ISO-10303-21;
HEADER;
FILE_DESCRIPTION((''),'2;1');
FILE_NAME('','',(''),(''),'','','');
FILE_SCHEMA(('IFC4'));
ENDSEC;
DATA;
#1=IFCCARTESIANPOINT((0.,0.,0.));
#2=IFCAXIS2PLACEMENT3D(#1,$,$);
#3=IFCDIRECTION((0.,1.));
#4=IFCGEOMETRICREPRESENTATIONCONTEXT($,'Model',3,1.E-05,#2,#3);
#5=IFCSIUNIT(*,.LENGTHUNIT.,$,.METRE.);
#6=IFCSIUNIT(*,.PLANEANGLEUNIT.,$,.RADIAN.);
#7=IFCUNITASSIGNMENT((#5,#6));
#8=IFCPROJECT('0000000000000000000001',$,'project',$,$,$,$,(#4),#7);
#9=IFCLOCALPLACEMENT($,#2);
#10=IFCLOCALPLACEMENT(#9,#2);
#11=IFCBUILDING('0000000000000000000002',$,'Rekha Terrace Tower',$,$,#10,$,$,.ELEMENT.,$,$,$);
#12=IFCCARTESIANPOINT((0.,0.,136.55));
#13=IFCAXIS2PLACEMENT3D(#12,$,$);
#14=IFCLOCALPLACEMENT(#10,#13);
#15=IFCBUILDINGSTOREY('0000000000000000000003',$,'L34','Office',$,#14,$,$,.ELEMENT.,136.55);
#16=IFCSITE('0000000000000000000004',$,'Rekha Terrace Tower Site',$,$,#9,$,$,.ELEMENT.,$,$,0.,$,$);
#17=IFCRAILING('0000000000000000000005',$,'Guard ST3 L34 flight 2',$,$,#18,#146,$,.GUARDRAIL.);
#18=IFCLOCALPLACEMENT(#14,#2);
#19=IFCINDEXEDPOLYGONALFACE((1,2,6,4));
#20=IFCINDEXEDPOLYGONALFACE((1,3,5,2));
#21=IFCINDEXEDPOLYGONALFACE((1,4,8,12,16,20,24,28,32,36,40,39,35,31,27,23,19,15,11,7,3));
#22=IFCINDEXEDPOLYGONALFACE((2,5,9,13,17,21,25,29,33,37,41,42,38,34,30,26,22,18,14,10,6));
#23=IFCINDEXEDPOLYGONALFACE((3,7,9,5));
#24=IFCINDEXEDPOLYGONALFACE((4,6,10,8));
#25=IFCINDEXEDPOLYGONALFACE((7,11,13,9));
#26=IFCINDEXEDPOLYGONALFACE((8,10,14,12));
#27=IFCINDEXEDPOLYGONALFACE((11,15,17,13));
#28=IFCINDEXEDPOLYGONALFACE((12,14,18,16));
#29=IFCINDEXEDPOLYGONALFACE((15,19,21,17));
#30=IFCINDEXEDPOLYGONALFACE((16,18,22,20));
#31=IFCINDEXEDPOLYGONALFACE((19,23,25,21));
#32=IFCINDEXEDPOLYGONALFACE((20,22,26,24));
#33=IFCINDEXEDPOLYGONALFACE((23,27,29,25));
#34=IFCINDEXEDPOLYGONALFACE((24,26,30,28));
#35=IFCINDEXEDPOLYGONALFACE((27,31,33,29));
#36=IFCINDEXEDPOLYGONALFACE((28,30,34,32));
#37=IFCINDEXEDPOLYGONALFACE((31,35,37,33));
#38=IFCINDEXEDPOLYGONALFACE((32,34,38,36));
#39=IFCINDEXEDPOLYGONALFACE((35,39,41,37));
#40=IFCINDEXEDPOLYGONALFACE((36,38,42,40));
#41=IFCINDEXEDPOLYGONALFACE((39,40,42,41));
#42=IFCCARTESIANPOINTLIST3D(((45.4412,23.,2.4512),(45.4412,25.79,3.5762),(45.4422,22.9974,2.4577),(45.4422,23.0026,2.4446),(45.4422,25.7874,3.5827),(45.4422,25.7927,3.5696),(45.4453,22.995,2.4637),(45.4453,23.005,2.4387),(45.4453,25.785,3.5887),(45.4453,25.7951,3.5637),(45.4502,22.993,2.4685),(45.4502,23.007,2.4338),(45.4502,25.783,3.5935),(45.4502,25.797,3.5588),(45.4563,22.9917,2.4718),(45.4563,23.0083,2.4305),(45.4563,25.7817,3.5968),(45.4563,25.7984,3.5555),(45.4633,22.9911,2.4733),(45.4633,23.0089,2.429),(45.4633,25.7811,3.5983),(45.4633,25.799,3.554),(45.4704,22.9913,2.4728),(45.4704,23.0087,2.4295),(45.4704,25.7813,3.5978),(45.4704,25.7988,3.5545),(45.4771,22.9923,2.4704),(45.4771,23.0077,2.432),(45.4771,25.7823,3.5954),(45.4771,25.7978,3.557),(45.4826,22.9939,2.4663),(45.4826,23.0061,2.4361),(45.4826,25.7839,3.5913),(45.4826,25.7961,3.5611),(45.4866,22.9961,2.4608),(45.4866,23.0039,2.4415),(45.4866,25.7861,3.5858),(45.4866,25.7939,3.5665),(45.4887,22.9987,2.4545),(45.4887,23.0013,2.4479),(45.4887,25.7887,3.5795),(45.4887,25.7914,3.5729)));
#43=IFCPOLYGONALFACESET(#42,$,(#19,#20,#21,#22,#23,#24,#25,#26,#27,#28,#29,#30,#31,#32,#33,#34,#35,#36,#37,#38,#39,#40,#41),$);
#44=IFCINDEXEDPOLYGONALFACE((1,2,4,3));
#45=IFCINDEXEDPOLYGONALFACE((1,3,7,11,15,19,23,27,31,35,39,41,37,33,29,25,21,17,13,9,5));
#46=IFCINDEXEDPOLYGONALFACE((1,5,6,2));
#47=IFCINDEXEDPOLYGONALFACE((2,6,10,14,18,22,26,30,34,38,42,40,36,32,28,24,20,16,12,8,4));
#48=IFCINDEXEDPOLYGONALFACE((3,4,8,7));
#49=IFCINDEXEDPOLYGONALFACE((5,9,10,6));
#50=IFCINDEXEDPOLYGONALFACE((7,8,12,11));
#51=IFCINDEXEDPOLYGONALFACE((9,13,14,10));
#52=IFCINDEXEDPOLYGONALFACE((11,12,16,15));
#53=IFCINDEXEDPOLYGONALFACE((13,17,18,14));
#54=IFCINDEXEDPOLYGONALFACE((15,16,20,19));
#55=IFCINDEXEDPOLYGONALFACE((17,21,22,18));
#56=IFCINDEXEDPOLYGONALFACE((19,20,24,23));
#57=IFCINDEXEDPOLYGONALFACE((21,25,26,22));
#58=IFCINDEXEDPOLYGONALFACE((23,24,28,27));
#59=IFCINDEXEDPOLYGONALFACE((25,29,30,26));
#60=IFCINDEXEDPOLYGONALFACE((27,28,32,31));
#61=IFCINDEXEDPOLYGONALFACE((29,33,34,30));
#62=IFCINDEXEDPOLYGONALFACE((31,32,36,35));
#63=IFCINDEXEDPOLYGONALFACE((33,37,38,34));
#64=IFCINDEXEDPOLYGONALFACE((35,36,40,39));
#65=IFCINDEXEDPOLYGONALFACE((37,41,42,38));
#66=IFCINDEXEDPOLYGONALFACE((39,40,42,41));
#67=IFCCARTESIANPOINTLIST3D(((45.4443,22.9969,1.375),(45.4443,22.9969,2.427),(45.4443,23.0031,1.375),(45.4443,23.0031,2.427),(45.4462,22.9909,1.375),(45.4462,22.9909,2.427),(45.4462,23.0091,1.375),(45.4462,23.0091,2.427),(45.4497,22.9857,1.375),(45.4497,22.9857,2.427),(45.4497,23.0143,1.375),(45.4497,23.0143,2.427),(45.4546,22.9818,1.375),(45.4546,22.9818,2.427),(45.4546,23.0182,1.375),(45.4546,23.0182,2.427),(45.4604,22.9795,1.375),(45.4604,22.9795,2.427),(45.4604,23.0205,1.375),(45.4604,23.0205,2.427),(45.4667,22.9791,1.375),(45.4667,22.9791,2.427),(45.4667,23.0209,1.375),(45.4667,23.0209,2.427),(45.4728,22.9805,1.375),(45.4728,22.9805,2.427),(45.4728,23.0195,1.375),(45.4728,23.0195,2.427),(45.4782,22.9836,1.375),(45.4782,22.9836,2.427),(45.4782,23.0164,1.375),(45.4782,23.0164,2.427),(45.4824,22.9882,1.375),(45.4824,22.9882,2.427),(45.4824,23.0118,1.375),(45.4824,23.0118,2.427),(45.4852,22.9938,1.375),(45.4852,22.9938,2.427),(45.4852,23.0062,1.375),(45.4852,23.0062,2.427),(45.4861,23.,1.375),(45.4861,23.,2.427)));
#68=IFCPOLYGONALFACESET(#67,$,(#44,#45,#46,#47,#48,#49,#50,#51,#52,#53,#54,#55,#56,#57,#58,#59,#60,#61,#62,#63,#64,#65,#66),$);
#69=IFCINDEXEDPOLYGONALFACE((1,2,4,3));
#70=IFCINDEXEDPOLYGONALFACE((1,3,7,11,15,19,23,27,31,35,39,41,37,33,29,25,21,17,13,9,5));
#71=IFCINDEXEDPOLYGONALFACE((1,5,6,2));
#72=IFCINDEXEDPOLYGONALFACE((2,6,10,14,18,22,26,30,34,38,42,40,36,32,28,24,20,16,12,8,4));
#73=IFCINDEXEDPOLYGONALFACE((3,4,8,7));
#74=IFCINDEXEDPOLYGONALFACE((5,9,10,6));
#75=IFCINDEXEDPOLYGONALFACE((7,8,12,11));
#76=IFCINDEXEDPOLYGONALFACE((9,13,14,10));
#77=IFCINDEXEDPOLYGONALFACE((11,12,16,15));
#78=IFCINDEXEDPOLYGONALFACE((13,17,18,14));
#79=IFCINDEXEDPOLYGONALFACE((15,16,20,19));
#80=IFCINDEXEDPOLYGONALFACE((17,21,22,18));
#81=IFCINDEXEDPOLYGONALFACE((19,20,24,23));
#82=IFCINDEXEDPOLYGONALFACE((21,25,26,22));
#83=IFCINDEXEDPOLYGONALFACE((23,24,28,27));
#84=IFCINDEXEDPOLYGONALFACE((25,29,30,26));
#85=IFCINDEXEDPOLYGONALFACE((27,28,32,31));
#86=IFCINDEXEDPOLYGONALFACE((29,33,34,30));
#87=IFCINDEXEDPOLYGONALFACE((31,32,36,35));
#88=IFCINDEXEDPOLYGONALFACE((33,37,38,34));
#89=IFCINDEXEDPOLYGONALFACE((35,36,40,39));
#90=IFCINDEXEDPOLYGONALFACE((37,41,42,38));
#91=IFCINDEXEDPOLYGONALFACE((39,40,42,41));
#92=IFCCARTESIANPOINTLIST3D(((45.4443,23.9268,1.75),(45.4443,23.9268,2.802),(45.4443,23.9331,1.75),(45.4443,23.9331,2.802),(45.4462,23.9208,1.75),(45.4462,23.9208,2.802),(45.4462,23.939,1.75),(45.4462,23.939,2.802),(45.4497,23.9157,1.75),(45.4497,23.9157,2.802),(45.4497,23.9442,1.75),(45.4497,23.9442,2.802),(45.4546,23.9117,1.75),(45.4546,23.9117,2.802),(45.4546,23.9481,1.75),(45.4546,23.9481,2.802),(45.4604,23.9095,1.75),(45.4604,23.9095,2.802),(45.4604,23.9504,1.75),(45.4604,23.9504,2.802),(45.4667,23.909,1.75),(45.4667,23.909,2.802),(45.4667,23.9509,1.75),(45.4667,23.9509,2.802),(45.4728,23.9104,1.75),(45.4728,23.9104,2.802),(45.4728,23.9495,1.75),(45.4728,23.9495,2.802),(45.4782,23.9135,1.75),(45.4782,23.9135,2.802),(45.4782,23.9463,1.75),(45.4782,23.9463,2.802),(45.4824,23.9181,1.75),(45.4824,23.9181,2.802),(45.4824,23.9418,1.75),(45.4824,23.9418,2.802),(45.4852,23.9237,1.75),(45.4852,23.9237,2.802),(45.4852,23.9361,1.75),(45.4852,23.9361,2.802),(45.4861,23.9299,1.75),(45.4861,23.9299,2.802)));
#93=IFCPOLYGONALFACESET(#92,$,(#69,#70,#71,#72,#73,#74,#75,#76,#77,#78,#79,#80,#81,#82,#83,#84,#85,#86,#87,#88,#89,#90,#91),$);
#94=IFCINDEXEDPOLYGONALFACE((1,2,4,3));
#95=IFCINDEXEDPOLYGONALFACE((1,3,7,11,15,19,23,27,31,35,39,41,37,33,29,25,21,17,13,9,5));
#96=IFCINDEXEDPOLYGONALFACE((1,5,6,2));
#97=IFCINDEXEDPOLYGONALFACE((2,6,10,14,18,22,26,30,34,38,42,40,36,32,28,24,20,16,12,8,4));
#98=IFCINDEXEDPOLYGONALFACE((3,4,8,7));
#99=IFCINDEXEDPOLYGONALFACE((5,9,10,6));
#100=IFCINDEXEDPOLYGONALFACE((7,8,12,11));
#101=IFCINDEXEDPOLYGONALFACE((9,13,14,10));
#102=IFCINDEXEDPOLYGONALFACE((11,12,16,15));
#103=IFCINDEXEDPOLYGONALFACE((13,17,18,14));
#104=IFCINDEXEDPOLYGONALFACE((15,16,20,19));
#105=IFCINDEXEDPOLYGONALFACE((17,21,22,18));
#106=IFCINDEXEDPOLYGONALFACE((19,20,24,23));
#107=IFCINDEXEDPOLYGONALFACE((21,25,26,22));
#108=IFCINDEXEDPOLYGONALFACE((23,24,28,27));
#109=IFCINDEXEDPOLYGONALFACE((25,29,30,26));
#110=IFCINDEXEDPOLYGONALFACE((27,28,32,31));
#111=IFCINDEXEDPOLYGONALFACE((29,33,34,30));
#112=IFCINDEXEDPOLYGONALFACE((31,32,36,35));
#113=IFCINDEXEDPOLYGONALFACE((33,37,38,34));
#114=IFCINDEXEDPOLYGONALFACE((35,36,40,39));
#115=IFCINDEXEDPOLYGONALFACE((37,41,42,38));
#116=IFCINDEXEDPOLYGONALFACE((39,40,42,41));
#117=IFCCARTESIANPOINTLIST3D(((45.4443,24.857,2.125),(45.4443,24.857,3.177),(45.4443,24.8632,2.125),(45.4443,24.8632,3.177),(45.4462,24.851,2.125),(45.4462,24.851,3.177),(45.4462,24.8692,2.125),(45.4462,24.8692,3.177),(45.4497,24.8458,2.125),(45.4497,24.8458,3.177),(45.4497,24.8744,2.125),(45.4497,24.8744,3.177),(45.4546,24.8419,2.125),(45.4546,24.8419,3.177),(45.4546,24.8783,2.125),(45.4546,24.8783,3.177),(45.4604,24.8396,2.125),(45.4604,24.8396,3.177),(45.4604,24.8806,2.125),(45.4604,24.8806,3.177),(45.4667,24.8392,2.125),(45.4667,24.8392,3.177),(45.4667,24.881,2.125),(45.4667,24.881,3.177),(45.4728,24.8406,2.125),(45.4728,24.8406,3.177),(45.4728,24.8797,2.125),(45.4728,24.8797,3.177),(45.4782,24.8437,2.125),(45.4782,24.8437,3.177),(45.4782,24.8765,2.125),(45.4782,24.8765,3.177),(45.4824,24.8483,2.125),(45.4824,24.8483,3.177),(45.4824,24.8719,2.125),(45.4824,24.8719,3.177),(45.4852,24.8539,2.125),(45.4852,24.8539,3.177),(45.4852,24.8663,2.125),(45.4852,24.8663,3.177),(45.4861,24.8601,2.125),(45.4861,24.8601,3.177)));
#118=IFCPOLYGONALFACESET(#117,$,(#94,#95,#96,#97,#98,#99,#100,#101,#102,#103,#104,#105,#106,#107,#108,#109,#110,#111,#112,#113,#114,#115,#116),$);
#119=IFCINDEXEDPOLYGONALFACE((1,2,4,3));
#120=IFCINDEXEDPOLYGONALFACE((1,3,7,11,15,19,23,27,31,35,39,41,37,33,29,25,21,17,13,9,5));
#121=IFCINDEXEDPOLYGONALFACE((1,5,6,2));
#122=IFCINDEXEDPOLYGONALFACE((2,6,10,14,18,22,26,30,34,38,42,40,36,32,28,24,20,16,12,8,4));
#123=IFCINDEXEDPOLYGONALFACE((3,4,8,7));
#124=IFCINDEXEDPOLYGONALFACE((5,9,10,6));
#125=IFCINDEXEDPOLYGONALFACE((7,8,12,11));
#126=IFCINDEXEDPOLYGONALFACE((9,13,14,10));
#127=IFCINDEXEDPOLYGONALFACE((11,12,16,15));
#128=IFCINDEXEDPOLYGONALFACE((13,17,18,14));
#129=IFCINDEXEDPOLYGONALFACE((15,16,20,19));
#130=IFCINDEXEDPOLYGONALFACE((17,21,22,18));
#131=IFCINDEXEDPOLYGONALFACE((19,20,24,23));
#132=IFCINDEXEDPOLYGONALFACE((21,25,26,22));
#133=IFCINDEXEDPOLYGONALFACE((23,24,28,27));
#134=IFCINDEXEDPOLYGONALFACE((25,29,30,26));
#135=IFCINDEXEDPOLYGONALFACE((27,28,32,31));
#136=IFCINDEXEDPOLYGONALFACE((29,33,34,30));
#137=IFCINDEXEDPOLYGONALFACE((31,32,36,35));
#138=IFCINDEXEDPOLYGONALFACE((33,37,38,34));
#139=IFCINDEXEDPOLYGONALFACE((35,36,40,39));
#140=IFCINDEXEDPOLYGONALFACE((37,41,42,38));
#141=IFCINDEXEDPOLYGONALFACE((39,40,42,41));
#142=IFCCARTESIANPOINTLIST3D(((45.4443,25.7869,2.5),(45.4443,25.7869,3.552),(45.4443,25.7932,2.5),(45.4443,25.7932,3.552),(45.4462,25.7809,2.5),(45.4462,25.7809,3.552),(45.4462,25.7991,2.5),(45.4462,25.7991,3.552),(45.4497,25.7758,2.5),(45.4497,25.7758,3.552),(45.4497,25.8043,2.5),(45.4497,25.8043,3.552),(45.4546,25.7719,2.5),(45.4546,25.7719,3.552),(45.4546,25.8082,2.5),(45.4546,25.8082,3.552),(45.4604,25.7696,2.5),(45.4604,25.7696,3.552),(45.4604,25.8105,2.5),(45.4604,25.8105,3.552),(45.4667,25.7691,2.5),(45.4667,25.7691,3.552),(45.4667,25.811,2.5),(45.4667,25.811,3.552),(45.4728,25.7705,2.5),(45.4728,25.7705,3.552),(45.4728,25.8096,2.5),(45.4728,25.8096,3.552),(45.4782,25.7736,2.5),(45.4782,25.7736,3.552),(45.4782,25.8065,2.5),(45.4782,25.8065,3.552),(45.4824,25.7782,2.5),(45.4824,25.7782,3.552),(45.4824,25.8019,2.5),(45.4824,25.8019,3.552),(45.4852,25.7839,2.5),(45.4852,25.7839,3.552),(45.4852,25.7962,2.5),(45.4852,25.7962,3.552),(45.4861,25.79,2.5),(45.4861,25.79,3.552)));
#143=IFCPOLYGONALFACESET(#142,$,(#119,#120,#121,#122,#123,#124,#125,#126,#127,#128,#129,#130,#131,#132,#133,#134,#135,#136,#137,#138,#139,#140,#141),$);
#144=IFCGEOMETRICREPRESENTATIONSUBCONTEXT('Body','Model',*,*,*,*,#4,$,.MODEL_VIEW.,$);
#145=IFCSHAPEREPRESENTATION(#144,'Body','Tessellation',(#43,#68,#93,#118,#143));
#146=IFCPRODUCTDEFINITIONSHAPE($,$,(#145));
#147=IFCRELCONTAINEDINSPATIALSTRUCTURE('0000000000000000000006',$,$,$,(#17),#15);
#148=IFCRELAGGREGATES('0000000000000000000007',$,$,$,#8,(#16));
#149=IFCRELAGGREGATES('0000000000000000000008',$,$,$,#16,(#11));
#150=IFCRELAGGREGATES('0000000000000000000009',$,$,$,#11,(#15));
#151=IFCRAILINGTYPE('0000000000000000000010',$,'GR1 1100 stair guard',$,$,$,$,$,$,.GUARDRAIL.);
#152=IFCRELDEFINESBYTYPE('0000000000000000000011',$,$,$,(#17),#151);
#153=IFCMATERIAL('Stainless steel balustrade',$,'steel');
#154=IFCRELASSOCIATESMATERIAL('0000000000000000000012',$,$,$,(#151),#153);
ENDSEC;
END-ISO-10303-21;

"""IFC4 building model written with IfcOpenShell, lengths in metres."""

from ifc_helpers import new_model, si_unit, direction, frame, origin, origin_2d, place, context, subcontext, project, spatial, circle, extrude, material, type_object, element, save


model = new_model("IFC4")

# Units and contexts
model_context = context("Model", 3, precision=1e-05, world=origin(), true_north=direction((0.0, 1.0)))
body_context = subcontext(model_context, "Body", "Model", "MODEL_VIEW")
ifc_project = project(units=[si_unit("LENGTHUNIT", "METRE"), si_unit("PLANEANGLEUNIT", "RADIAN")], contexts=[model_context])

# Site, building, storey
site_placement = place(None, origin())
site = spatial("IfcSite", under=ifc_project, at=site_placement, Name="Rekha Terrace Tower Site", CompositionType="ELEMENT", RefElevation=0.0)
building_placement = place(site_placement, origin())
building = spatial("IfcBuilding", under=site, at=building_placement, Name="Rekha Terrace Tower", CompositionType="ELEMENT")
storey_placement = place(building_placement, frame((0.0, 0.0, 136.55)))
storey = spatial("IfcBuildingStorey", under=building, at=storey_placement, Name="L34", Description="Office", CompositionType="ELEMENT", Elevation=136.55)

# Railing
ifc_material_1 = material(Name="Stainless steel balustrade", Category="steel")
railing_type_1 = type_object("IfcRailingType", Name="GR1 1100 stair guard", PredefinedType="GUARDRAIL", material=ifc_material_1)
railing_1_placement = place(storey_placement, frame((45.4651, 23.0, 1.375)))
element("IfcRailing", 1, at=railing_1_placement, inside=storey, type_object=railing_type_1, Name="Guard ST3 L34 flight 2", PredefinedType="GUARDRAIL", context=body_context, shape_type="SweptSolid", body=[
    extrude(circle(Radius=0.0239, at=origin_2d()), frame((0.0, 0.0, 1.0762), z_axis=(0.0, 0.927443, 0.373964), x_axis=(-1.0, 0.0, 0.0)), (0.0, 0.0, 1.0), 3.0083),
    extrude(circle(Radius=0.021, at=origin_2d()), origin(), (0.0, 0.0, 1.0), 1.052),
    extrude(circle(Radius=0.021, at=origin_2d()), frame((0.0, 0.9299, 0.375)), (0.0, 0.0, 1.0), 1.052),
    extrude(circle(Radius=0.021, at=origin_2d()), frame((0.0, 1.8601, 0.75)), (0.0, 0.0, 1.0), 1.052),
    extrude(circle(Radius=0.021, at=origin_2d()), frame((0.0, 2.79, 1.125)), (0.0, 0.0, 1.0), 1.052),
])

save(model, "model.ifc")
